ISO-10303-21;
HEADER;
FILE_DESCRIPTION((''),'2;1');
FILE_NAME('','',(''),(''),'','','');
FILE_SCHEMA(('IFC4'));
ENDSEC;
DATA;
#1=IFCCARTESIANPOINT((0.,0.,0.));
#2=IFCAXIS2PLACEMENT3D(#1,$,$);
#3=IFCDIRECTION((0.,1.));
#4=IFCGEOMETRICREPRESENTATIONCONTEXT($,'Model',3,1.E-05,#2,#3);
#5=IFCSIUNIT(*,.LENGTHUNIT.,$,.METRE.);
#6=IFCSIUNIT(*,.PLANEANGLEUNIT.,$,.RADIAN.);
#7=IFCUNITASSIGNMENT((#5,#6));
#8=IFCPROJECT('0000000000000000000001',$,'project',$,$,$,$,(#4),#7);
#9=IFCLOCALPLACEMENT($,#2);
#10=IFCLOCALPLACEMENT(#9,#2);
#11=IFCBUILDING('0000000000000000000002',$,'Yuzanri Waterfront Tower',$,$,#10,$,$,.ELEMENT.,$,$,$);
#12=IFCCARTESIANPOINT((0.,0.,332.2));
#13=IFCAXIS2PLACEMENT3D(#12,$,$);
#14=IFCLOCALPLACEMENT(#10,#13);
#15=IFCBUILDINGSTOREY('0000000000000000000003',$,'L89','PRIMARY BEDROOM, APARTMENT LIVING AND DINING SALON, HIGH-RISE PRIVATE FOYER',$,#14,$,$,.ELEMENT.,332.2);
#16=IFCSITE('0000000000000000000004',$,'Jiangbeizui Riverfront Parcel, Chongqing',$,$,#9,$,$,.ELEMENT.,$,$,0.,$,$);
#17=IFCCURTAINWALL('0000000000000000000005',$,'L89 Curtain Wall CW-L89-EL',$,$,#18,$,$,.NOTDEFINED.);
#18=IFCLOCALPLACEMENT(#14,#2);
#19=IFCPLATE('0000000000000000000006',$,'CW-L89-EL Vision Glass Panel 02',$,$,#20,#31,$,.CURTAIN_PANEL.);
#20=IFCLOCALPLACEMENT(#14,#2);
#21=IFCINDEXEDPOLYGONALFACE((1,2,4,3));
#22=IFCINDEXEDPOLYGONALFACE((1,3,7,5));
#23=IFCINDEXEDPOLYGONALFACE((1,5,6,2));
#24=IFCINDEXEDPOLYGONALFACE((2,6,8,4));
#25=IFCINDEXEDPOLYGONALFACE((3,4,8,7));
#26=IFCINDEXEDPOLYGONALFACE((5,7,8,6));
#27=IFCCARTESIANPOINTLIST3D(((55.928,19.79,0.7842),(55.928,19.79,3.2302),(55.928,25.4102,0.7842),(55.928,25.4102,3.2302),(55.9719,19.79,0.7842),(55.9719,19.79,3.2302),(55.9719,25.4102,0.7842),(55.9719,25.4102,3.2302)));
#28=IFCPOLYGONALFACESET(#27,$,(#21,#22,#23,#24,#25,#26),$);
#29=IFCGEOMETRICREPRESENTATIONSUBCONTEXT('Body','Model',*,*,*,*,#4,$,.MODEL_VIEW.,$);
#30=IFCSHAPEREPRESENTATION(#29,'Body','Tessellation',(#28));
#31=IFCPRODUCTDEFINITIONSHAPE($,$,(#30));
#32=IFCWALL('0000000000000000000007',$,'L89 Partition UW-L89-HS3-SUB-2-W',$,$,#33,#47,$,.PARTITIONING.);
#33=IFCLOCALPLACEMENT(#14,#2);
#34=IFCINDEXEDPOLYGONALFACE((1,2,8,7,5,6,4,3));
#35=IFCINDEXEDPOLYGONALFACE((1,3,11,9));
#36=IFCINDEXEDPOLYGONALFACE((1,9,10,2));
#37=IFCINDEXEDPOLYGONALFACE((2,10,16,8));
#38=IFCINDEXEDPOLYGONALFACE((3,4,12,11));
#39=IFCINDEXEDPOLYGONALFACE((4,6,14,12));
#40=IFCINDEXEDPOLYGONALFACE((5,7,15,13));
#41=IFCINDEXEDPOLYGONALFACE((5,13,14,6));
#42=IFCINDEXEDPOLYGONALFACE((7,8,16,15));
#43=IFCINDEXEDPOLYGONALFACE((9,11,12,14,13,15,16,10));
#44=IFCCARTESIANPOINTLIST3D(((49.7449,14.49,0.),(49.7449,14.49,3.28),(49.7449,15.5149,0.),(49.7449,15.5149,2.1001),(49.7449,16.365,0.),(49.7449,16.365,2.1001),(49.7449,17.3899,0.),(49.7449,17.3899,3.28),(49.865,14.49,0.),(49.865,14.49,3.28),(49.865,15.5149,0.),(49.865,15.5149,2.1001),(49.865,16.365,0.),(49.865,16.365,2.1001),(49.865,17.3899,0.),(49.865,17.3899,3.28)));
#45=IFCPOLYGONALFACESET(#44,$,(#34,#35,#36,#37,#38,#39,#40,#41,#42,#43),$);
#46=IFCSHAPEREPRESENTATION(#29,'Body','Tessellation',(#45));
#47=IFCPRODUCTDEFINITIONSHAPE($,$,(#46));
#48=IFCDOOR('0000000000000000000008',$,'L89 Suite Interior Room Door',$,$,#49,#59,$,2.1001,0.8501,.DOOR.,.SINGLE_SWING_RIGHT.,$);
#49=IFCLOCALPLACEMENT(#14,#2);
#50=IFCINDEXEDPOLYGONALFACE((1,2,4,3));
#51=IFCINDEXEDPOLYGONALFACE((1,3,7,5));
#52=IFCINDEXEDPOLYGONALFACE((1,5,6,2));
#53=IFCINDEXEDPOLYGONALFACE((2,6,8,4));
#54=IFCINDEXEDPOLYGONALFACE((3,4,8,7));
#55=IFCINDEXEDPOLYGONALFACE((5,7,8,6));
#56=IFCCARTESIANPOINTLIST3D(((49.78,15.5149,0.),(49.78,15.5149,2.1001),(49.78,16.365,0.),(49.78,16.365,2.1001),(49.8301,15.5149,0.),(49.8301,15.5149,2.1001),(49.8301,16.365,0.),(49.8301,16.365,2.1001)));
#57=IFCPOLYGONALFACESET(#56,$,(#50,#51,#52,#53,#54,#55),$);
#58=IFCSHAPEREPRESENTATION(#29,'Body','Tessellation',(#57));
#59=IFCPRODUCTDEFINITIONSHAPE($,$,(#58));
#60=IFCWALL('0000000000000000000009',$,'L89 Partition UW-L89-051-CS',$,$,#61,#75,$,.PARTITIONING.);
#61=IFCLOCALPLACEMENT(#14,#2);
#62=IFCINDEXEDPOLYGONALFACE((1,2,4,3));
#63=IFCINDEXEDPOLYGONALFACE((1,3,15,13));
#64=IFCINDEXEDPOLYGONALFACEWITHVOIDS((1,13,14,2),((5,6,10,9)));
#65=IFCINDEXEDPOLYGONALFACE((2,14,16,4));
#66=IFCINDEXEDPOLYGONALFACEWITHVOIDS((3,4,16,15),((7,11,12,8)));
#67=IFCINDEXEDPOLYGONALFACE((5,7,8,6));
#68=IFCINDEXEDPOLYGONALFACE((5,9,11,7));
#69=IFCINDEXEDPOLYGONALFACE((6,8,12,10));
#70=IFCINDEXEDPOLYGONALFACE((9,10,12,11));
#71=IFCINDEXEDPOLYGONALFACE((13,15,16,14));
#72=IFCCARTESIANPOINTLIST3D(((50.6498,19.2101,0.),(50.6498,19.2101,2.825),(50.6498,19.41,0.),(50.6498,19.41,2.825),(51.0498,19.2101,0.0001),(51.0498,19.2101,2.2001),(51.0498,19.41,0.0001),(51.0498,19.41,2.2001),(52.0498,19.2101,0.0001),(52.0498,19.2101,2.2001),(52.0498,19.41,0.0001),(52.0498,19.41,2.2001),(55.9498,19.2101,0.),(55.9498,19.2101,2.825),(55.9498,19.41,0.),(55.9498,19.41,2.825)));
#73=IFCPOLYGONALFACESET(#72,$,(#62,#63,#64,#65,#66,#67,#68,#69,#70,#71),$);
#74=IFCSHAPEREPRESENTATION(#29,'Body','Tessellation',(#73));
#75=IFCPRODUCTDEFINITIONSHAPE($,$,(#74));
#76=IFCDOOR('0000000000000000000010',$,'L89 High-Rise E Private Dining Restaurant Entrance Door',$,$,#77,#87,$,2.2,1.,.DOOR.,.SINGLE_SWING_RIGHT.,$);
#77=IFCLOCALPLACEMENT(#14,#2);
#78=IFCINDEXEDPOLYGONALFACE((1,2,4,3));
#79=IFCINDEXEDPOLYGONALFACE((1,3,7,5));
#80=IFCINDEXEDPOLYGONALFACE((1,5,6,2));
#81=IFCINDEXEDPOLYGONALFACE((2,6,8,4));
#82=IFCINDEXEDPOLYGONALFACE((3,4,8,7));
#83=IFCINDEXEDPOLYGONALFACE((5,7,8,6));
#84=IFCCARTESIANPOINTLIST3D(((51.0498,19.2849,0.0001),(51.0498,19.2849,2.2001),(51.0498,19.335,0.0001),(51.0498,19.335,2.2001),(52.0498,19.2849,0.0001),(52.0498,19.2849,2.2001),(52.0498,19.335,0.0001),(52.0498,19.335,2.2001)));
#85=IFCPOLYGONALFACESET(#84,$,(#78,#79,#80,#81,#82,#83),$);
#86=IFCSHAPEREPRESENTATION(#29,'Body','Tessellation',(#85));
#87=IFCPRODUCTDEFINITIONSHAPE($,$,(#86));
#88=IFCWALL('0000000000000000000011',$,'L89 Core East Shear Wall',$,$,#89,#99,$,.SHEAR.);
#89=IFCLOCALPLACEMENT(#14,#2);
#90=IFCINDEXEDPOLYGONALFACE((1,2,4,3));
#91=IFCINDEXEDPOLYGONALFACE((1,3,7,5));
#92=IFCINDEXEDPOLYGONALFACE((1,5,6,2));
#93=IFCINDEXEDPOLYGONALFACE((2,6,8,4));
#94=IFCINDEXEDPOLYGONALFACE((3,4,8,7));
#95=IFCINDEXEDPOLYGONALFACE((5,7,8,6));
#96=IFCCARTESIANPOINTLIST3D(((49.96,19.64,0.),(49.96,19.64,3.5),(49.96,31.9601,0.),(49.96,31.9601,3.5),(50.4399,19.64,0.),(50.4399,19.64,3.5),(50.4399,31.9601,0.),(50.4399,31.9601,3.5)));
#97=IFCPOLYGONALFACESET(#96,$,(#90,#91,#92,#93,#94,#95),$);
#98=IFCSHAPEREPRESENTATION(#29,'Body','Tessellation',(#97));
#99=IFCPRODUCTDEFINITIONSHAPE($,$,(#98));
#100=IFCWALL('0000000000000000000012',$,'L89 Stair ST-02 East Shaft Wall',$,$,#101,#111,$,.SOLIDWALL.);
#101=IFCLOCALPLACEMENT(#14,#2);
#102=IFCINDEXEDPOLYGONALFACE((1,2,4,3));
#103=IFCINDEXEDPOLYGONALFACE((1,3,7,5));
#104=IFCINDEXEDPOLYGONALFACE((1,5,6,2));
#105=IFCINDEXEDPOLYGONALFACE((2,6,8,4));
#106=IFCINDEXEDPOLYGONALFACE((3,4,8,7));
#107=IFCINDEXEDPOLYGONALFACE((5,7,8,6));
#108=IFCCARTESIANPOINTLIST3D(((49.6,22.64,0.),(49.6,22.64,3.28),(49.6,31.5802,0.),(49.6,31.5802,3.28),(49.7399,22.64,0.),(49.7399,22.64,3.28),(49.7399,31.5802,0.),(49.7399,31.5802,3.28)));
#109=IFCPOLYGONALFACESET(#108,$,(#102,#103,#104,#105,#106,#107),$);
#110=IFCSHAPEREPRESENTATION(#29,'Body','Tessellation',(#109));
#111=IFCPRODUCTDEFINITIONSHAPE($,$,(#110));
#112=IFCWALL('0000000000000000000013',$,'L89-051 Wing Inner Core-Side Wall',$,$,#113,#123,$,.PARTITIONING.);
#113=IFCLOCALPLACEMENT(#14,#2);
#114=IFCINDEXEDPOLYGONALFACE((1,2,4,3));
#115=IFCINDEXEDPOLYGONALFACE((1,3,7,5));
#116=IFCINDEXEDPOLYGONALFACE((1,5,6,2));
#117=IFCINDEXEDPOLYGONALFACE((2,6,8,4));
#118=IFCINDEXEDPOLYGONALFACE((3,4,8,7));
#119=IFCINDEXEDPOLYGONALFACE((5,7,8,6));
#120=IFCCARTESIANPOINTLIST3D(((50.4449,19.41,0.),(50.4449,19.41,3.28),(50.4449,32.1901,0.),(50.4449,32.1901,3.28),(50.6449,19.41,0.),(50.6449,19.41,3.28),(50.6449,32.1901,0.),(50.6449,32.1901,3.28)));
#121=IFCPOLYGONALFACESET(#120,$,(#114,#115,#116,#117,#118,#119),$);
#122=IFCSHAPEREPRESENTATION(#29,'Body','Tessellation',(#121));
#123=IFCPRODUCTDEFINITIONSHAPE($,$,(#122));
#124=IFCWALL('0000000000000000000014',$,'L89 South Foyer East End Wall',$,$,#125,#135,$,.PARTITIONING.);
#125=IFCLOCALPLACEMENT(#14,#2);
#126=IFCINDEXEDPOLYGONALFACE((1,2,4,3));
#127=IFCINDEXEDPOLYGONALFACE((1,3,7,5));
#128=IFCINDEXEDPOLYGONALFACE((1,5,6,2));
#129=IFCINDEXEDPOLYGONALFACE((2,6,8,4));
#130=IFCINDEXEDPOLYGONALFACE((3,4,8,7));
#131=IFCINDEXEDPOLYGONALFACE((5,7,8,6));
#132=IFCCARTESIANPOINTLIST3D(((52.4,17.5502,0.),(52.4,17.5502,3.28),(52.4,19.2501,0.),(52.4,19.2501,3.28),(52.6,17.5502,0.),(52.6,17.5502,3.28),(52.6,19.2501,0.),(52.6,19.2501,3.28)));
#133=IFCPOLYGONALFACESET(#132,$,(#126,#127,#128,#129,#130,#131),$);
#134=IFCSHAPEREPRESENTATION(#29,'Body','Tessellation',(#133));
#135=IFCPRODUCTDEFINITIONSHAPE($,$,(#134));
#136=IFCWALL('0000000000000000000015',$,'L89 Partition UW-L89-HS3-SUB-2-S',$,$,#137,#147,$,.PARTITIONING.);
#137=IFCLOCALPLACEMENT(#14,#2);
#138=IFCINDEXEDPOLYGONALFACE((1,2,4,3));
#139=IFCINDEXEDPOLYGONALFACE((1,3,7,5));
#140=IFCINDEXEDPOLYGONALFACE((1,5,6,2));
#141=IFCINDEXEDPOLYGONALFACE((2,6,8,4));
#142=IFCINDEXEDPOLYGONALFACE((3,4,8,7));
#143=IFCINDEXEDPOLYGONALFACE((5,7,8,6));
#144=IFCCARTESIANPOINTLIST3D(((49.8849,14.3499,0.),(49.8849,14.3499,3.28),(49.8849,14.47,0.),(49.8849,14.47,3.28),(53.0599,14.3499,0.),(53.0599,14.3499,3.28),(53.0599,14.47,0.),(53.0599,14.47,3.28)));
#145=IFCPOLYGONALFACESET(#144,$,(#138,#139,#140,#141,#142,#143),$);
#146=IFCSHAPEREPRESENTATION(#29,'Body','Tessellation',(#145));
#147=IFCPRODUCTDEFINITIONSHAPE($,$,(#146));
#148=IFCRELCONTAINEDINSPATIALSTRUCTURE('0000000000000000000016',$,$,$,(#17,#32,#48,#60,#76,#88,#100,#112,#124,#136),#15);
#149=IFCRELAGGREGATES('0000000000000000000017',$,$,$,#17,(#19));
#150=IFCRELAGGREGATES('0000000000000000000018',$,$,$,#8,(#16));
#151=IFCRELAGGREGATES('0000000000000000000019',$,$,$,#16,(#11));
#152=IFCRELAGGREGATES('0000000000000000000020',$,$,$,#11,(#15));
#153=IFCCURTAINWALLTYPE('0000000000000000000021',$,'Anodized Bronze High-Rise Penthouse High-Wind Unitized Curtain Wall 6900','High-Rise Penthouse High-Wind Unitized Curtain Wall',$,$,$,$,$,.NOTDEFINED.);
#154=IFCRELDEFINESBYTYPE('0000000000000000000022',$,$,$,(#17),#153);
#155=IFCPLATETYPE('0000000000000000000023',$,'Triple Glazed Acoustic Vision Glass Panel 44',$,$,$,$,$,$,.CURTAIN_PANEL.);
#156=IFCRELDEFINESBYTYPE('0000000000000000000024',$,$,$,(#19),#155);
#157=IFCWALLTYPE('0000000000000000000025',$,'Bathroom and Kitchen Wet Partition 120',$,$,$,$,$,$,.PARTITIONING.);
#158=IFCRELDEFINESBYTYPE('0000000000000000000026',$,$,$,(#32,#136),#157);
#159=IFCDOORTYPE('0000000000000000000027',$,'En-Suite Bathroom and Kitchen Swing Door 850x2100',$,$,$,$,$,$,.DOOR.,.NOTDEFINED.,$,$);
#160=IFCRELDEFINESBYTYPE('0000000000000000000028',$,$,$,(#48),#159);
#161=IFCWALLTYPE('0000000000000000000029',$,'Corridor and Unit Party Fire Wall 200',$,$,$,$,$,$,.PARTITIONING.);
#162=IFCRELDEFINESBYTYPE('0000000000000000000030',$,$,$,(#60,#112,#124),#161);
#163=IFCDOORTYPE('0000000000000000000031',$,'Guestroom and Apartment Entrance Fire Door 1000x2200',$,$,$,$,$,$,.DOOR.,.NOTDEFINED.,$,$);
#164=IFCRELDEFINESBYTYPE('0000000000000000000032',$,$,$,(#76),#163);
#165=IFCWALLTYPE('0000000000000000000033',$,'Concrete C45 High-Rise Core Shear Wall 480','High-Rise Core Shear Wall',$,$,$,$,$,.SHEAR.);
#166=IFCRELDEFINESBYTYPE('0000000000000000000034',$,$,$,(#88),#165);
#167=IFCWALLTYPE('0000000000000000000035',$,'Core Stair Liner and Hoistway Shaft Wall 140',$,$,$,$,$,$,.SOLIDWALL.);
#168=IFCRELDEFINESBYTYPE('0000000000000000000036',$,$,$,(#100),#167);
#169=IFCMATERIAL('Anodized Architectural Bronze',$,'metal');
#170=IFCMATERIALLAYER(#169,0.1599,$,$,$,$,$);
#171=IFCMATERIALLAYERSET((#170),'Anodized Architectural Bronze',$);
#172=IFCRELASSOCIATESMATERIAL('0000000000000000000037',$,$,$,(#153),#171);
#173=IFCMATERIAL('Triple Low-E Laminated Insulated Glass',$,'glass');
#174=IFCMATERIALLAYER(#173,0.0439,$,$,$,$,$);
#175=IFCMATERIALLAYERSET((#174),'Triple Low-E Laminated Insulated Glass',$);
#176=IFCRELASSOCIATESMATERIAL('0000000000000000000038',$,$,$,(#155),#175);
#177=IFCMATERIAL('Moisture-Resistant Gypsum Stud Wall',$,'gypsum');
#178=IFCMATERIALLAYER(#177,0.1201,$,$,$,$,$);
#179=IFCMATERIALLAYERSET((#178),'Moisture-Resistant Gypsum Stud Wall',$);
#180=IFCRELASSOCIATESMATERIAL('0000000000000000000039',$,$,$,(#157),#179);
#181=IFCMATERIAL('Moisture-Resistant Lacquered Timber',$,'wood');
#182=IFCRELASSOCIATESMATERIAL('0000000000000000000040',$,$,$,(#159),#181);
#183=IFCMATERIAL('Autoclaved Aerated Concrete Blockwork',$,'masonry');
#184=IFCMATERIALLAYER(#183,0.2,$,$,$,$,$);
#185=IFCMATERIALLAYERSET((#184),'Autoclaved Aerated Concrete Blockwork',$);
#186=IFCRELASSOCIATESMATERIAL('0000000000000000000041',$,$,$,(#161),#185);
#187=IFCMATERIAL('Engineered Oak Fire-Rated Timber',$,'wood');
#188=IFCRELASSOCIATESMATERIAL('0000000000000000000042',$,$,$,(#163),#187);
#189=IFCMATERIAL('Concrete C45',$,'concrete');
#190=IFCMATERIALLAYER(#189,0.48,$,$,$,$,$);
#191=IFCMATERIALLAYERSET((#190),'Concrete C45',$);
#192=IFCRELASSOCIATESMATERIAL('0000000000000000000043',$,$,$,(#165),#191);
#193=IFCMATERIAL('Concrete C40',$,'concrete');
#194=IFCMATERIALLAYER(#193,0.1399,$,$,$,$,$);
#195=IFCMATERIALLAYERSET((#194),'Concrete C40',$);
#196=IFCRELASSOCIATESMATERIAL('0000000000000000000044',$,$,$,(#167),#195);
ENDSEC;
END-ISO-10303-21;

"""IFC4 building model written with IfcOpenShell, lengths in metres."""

from ifc_helpers import new_model, si_unit, direction, frame, frame_2d, origin, origin_2d, place, context, subcontext, project, spatial, rectangle, extrude, source, transform, mapped, material, layer, layer_set, type_object, element, fill, aggregate, save


model = new_model("IFC4")

# Units and contexts
model_context = context("Model", 3, precision=1e-05, world=origin(), true_north=direction((0.0, 1.0)))
body_context = subcontext(model_context, "Body", "Model", "MODEL_VIEW")
ifc_project = project(units=[si_unit("LENGTHUNIT", "METRE"), si_unit("PLANEANGLEUNIT", "RADIAN")], contexts=[model_context])

# Site, building, storey
site_placement = place(None, origin())
site = spatial("IfcSite", under=ifc_project, at=site_placement, Name="Jiangbeizui Riverfront Parcel, Chongqing", CompositionType="ELEMENT", RefElevation=0.0)
building_placement = place(site_placement, origin())
building = spatial("IfcBuilding", under=site, at=building_placement, Name="Yuzanri Waterfront Tower", CompositionType="ELEMENT")
storey_placement = place(building_placement, frame((0.0, 0.0, 332.2)))
storey = spatial("IfcBuildingStorey", under=building, at=storey_placement, Name="L89", Description="PRIMARY BEDROOM, APARTMENT LIVING AND DINING SALON, HIGH-RISE PRIVATE FOYER", CompositionType="ELEMENT", Elevation=332.2)

# Curtain wall, plate
ifc_material_1 = material(Name="Anodized Architectural Bronze", Category="metal")
ifc_layer_1 = layer(ifc_material_1, 0.1599)
ifc_layer_set_1 = layer_set([ifc_layer_1], Name="Anodized Architectural Bronze")
curtain_wall_type = type_object("IfcCurtainWallType", Name="Anodized Bronze High-Rise Penthouse High-Wind Unitized Curtain Wall 6900", Description="High-Rise Penthouse High-Wind Unitized Curtain Wall", PredefinedType="NOTDEFINED", material=ifc_layer_set_1)
curtain_wall_placement = place(storey_placement, origin())
curtain_wall = element("IfcCurtainWall", 1, at=curtain_wall_placement, inside=storey, type_object=curtain_wall_type, Name="L89 Curtain Wall CW-L89-EL", PredefinedType="NOTDEFINED")
ifc_material_2 = material(Name="Triple Low-E Laminated Insulated Glass", Category="glass")
ifc_layer_2 = layer(ifc_material_2, 0.0439)
ifc_layer_set_2 = layer_set([ifc_layer_2], Name="Triple Low-E Laminated Insulated Glass")
plate_type_1 = type_object("IfcPlateType", Name="Triple Glazed Acoustic Vision Glass Panel 44", PredefinedType="CURTAIN_PANEL", material=ifc_layer_set_2)
shared_shape_1 = source(origin(), body_context, "Body", "SweptSolid", [
    extrude(rectangle(XDim=5.6201, YDim=0.0439, at=origin_2d()), origin(), (0.0, 0.0, 1.0), 2.446),
])
plate_1_placement = place(storey_placement, frame((55.95, 22.6001, 0.7842), z_axis=(0.0, 0.0, 1.0), x_axis=(0.0, 1.0, 0.0)))
plate_1 = element("IfcPlate", 2, at=plate_1_placement, type_object=plate_type_1, Name="CW-L89-EL Vision Glass Panel 02", PredefinedType="CURTAIN_PANEL", context=body_context, shape_type="MappedRepresentation", body=[
    mapped(shared_shape_1, transform((0.0, 0.0, 0.0), scale=1.0)),
])
aggregate(curtain_wall, [plate_1])

# Walls, openings, doors
ifc_material_3 = material(Name="Moisture-Resistant Gypsum Stud Wall", Category="gypsum")
ifc_layer_3 = layer(ifc_material_3, 0.1201)
ifc_layer_set_3 = layer_set([ifc_layer_3], Name="Moisture-Resistant Gypsum Stud Wall")
wall_type_1 = type_object("IfcWallType", Name="Bathroom and Kitchen Wet Partition 120", PredefinedType="PARTITIONING", material=ifc_layer_set_3)
wall_1_placement = place(storey_placement, frame((49.8049, 14.49, 0.0), z_axis=(0.0, 0.0, 1.0), x_axis=(0.0, 1.0, 0.0)))
wall_1 = element("IfcWall", 3, at=wall_1_placement, inside=storey, type_object=wall_type_1, Name="L89 Partition UW-L89-HS3-SUB-2-W", PredefinedType="PARTITIONING", context=body_context, shape_type="SweptSolid", body=[
    extrude(rectangle(XDim=2.8999, YDim=0.1201, at=frame_2d((1.45, 0.0))), origin(), (0.0, 0.0, 1.0), 3.28),
])
opening_1_placement = place(wall_1_placement, frame((1.0249, 0.0, 0.0)))
opening_1 = element("IfcOpeningElement", 4, at=opening_1_placement, cuts=wall_1, PredefinedType="OPENING", context=body_context, shape_type="SweptSolid", body=[
    extrude(rectangle(XDim=0.8501, YDim=2.1001, at=frame_2d((0.425, 1.05))), frame((0.0, 0.075, 0.0), z_axis=(0.0, -1.0, 0.0), x_axis=(1.0, 0.0, 0.0)), (0.0, 0.0, 1.0), 0.1499),
])
ifc_material_4 = material(Name="Moisture-Resistant Lacquered Timber", Category="wood")
door_type_1 = type_object("IfcDoorType", Name="En-Suite Bathroom and Kitchen Swing Door 850x2100", OperationType="NOTDEFINED", PredefinedType="DOOR", material=ifc_material_4)
shared_shape_2 = source(origin(), body_context, "Body", "SweptSolid", [
    extrude(rectangle(XDim=0.8501, YDim=2.1001, at=frame_2d((0.425, 1.05))), frame((0.0, 0.0249, 0.0), z_axis=(0.0, -1.0, 0.0), x_axis=(1.0, 0.0, 0.0)), (0.0, 0.0, 1.0), 0.05),
])
door_1_placement = place(opening_1_placement, origin())
door_1 = element("IfcDoor", 5, at=door_1_placement, inside=storey, type_object=door_type_1, Name="L89 Suite Interior Room Door", OperationType="SINGLE_SWING_RIGHT", OverallHeight=2.1001, OverallWidth=0.8501, PredefinedType="DOOR", context=body_context, shape_type="MappedRepresentation", body=[
    mapped(shared_shape_2, transform((0.0, 0.0, 0.0), scale=1.0)),
])
fill(opening_1, door_1)
ifc_material_5 = material(Name="Autoclaved Aerated Concrete Blockwork", Category="masonry")
ifc_layer_4 = layer(ifc_material_5, 0.2)
ifc_layer_set_4 = layer_set([ifc_layer_4], Name="Autoclaved Aerated Concrete Blockwork")
wall_type_2 = type_object("IfcWallType", Name="Corridor and Unit Party Fire Wall 200", PredefinedType="PARTITIONING", material=ifc_layer_set_4)
wall_2_placement = place(storey_placement, frame((50.6499, 19.3101, 0.0), z_axis=(0.0, 0.0, 1.0), x_axis=(1.0, 0.0, 0.0)))
wall_2 = element("IfcWall", 6, at=wall_2_placement, inside=storey, type_object=wall_type_2, Name="L89 Partition UW-L89-051-CS", PredefinedType="PARTITIONING", context=body_context, shape_type="SweptSolid", body=[
    extrude(rectangle(XDim=5.3, YDim=0.2, at=frame_2d((2.6499, 0.0))), origin(), (0.0, 0.0, 1.0), 2.825),
])
opening_2_placement = place(wall_2_placement, frame((0.3999, 0.0, 0.0)))
opening_2 = element("IfcOpeningElement", 7, at=opening_2_placement, cuts=wall_2, PredefinedType="OPENING", context=body_context, shape_type="SweptSolid", body=[
    extrude(rectangle(XDim=1.0, YDim=2.2, at=frame_2d((0.5, 1.1001))), frame((0.0, 0.1147, 0.0), z_axis=(0.0, -1.0, 0.0), x_axis=(1.0, 0.0, 0.0)), (0.0, 0.0, 1.0), 0.2297),
])
ifc_material_6 = material(Name="Engineered Oak Fire-Rated Timber", Category="wood")
door_type_2 = type_object("IfcDoorType", Name="Guestroom and Apartment Entrance Fire Door 1000x2200", OperationType="NOTDEFINED", PredefinedType="DOOR", material=ifc_material_6)
shared_shape_3 = source(origin(), body_context, "Body", "SweptSolid", [
    extrude(rectangle(XDim=1.0, YDim=2.2, at=frame_2d((0.5, 1.1001))), frame((0.0, 0.0249, 0.0), z_axis=(0.0, -1.0, 0.0), x_axis=(1.0, 0.0, 0.0)), (0.0, 0.0, 1.0), 0.05),
])
door_2_placement = place(opening_2_placement, origin())
door_2 = element("IfcDoor", 8, at=door_2_placement, inside=storey, type_object=door_type_2, Name="L89 High-Rise E Private Dining Restaurant Entrance Door", OperationType="SINGLE_SWING_RIGHT", OverallHeight=2.2, OverallWidth=1.0, PredefinedType="DOOR", context=body_context, shape_type="MappedRepresentation", body=[
    mapped(shared_shape_3, transform((0.0, 0.0, 0.0), scale=1.0)),
])
fill(opening_2, door_2)

# Walls
ifc_material_7 = material(Name="Concrete C45", Category="concrete")
ifc_layer_5 = layer(ifc_material_7, 0.48)
ifc_layer_set_5 = layer_set([ifc_layer_5], Name="Concrete C45")
wall_type_3 = type_object("IfcWallType", Name="Concrete C45 High-Rise Core Shear Wall 480", Description="High-Rise Core Shear Wall", PredefinedType="SHEAR", material=ifc_layer_set_5)
shared_shape_4 = source(origin(), body_context, "Body", "SweptSolid", [
    extrude(rectangle(XDim=12.3201, YDim=0.48, at=frame_2d((6.1602, 0.0))), origin(), (0.0, 0.0, 1.0), 3.5),
])
wall_3_placement = place(storey_placement, frame((50.2, 19.6399, 0.0), z_axis=(0.0, 0.0, 1.0), x_axis=(0.0, 1.0, 0.0)))
element("IfcWall", 9, at=wall_3_placement, inside=storey, type_object=wall_type_3, Name="L89 Core East Shear Wall", PredefinedType="SHEAR", context=body_context, shape_type="MappedRepresentation", body=[
    mapped(shared_shape_4, transform((0.0, 0.0, 0.0), scale=1.0)),
])
ifc_material_8 = material(Name="Concrete C40", Category="concrete")
ifc_layer_6 = layer(ifc_material_8, 0.1399)
ifc_layer_set_6 = layer_set([ifc_layer_6], Name="Concrete C40")
wall_type_4 = type_object("IfcWallType", Name="Core Stair Liner and Hoistway Shaft Wall 140", PredefinedType="SOLIDWALL", material=ifc_layer_set_6)
shared_shape_5 = source(origin(), body_context, "Body", "SweptSolid", [
    extrude(rectangle(XDim=8.9402, YDim=0.1399, at=frame_2d((4.4702, 0.0))), origin(), (0.0, 0.0, 1.0), 3.28),
])
wall_4_placement = place(storey_placement, frame((49.6699, 22.6399, 0.0), z_axis=(0.0, 0.0, 1.0), x_axis=(0.0, 1.0, 0.0)))
element("IfcWall", 10, at=wall_4_placement, inside=storey, type_object=wall_type_4, Name="L89 Stair ST-02 East Shaft Wall", PredefinedType="SOLIDWALL", context=body_context, shape_type="MappedRepresentation", body=[
    mapped(shared_shape_5, transform((0.0, 0.0, 0.0), scale=1.0)),
])
shared_shape_6 = source(origin(), body_context, "Body", "SweptSolid", [
    extrude(rectangle(XDim=12.78, YDim=0.2, at=frame_2d((6.3901, 0.0))), origin(), (0.0, 0.0, 1.0), 3.28),
])
wall_5_placement = place(storey_placement, frame((50.5449, 19.4099, 0.0), z_axis=(0.0, 0.0, 1.0), x_axis=(0.0, 1.0, 0.0)))
element("IfcWall", 11, at=wall_5_placement, inside=storey, type_object=wall_type_2, Name="L89-051 Wing Inner Core-Side Wall", PredefinedType="PARTITIONING", context=body_context, shape_type="MappedRepresentation", body=[
    mapped(shared_shape_6, transform((0.0, 0.0, 0.0), scale=1.0)),
])
shared_shape_7 = source(origin(), body_context, "Body", "SweptSolid", [
    extrude(rectangle(XDim=1.7, YDim=0.2, at=frame_2d((0.8501, 0.0))), origin(), (0.0, 0.0, 1.0), 3.28),
])
wall_6_placement = place(storey_placement, frame((52.5, 17.55, 0.0), z_axis=(0.0, 0.0, 1.0), x_axis=(0.0, 1.0, 0.0)))
element("IfcWall", 12, at=wall_6_placement, inside=storey, type_object=wall_type_2, Name="L89 South Foyer East End Wall", PredefinedType="PARTITIONING", context=body_context, shape_type="MappedRepresentation", body=[
    mapped(shared_shape_7, transform((0.0, 0.0, 0.0), scale=1.0)),
])
shared_shape_8 = source(origin(), body_context, "Body", "SweptSolid", [
    extrude(rectangle(XDim=3.175, YDim=0.1201, at=frame_2d((1.5874, 0.0))), origin(), (0.0, 0.0, 1.0), 3.28),
])
wall_7_placement = place(storey_placement, frame((49.885, 14.4099, 0.0), z_axis=(0.0, 0.0, 1.0), x_axis=(1.0, 0.0, 0.0)))
element("IfcWall", 13, at=wall_7_placement, inside=storey, type_object=wall_type_1, Name="L89 Partition UW-L89-HS3-SUB-2-S", PredefinedType="PARTITIONING", context=body_context, shape_type="MappedRepresentation", body=[
    mapped(shared_shape_8, transform((0.0, 0.0, 0.0), scale=1.0)),
])

save(model, "model.ifc")
